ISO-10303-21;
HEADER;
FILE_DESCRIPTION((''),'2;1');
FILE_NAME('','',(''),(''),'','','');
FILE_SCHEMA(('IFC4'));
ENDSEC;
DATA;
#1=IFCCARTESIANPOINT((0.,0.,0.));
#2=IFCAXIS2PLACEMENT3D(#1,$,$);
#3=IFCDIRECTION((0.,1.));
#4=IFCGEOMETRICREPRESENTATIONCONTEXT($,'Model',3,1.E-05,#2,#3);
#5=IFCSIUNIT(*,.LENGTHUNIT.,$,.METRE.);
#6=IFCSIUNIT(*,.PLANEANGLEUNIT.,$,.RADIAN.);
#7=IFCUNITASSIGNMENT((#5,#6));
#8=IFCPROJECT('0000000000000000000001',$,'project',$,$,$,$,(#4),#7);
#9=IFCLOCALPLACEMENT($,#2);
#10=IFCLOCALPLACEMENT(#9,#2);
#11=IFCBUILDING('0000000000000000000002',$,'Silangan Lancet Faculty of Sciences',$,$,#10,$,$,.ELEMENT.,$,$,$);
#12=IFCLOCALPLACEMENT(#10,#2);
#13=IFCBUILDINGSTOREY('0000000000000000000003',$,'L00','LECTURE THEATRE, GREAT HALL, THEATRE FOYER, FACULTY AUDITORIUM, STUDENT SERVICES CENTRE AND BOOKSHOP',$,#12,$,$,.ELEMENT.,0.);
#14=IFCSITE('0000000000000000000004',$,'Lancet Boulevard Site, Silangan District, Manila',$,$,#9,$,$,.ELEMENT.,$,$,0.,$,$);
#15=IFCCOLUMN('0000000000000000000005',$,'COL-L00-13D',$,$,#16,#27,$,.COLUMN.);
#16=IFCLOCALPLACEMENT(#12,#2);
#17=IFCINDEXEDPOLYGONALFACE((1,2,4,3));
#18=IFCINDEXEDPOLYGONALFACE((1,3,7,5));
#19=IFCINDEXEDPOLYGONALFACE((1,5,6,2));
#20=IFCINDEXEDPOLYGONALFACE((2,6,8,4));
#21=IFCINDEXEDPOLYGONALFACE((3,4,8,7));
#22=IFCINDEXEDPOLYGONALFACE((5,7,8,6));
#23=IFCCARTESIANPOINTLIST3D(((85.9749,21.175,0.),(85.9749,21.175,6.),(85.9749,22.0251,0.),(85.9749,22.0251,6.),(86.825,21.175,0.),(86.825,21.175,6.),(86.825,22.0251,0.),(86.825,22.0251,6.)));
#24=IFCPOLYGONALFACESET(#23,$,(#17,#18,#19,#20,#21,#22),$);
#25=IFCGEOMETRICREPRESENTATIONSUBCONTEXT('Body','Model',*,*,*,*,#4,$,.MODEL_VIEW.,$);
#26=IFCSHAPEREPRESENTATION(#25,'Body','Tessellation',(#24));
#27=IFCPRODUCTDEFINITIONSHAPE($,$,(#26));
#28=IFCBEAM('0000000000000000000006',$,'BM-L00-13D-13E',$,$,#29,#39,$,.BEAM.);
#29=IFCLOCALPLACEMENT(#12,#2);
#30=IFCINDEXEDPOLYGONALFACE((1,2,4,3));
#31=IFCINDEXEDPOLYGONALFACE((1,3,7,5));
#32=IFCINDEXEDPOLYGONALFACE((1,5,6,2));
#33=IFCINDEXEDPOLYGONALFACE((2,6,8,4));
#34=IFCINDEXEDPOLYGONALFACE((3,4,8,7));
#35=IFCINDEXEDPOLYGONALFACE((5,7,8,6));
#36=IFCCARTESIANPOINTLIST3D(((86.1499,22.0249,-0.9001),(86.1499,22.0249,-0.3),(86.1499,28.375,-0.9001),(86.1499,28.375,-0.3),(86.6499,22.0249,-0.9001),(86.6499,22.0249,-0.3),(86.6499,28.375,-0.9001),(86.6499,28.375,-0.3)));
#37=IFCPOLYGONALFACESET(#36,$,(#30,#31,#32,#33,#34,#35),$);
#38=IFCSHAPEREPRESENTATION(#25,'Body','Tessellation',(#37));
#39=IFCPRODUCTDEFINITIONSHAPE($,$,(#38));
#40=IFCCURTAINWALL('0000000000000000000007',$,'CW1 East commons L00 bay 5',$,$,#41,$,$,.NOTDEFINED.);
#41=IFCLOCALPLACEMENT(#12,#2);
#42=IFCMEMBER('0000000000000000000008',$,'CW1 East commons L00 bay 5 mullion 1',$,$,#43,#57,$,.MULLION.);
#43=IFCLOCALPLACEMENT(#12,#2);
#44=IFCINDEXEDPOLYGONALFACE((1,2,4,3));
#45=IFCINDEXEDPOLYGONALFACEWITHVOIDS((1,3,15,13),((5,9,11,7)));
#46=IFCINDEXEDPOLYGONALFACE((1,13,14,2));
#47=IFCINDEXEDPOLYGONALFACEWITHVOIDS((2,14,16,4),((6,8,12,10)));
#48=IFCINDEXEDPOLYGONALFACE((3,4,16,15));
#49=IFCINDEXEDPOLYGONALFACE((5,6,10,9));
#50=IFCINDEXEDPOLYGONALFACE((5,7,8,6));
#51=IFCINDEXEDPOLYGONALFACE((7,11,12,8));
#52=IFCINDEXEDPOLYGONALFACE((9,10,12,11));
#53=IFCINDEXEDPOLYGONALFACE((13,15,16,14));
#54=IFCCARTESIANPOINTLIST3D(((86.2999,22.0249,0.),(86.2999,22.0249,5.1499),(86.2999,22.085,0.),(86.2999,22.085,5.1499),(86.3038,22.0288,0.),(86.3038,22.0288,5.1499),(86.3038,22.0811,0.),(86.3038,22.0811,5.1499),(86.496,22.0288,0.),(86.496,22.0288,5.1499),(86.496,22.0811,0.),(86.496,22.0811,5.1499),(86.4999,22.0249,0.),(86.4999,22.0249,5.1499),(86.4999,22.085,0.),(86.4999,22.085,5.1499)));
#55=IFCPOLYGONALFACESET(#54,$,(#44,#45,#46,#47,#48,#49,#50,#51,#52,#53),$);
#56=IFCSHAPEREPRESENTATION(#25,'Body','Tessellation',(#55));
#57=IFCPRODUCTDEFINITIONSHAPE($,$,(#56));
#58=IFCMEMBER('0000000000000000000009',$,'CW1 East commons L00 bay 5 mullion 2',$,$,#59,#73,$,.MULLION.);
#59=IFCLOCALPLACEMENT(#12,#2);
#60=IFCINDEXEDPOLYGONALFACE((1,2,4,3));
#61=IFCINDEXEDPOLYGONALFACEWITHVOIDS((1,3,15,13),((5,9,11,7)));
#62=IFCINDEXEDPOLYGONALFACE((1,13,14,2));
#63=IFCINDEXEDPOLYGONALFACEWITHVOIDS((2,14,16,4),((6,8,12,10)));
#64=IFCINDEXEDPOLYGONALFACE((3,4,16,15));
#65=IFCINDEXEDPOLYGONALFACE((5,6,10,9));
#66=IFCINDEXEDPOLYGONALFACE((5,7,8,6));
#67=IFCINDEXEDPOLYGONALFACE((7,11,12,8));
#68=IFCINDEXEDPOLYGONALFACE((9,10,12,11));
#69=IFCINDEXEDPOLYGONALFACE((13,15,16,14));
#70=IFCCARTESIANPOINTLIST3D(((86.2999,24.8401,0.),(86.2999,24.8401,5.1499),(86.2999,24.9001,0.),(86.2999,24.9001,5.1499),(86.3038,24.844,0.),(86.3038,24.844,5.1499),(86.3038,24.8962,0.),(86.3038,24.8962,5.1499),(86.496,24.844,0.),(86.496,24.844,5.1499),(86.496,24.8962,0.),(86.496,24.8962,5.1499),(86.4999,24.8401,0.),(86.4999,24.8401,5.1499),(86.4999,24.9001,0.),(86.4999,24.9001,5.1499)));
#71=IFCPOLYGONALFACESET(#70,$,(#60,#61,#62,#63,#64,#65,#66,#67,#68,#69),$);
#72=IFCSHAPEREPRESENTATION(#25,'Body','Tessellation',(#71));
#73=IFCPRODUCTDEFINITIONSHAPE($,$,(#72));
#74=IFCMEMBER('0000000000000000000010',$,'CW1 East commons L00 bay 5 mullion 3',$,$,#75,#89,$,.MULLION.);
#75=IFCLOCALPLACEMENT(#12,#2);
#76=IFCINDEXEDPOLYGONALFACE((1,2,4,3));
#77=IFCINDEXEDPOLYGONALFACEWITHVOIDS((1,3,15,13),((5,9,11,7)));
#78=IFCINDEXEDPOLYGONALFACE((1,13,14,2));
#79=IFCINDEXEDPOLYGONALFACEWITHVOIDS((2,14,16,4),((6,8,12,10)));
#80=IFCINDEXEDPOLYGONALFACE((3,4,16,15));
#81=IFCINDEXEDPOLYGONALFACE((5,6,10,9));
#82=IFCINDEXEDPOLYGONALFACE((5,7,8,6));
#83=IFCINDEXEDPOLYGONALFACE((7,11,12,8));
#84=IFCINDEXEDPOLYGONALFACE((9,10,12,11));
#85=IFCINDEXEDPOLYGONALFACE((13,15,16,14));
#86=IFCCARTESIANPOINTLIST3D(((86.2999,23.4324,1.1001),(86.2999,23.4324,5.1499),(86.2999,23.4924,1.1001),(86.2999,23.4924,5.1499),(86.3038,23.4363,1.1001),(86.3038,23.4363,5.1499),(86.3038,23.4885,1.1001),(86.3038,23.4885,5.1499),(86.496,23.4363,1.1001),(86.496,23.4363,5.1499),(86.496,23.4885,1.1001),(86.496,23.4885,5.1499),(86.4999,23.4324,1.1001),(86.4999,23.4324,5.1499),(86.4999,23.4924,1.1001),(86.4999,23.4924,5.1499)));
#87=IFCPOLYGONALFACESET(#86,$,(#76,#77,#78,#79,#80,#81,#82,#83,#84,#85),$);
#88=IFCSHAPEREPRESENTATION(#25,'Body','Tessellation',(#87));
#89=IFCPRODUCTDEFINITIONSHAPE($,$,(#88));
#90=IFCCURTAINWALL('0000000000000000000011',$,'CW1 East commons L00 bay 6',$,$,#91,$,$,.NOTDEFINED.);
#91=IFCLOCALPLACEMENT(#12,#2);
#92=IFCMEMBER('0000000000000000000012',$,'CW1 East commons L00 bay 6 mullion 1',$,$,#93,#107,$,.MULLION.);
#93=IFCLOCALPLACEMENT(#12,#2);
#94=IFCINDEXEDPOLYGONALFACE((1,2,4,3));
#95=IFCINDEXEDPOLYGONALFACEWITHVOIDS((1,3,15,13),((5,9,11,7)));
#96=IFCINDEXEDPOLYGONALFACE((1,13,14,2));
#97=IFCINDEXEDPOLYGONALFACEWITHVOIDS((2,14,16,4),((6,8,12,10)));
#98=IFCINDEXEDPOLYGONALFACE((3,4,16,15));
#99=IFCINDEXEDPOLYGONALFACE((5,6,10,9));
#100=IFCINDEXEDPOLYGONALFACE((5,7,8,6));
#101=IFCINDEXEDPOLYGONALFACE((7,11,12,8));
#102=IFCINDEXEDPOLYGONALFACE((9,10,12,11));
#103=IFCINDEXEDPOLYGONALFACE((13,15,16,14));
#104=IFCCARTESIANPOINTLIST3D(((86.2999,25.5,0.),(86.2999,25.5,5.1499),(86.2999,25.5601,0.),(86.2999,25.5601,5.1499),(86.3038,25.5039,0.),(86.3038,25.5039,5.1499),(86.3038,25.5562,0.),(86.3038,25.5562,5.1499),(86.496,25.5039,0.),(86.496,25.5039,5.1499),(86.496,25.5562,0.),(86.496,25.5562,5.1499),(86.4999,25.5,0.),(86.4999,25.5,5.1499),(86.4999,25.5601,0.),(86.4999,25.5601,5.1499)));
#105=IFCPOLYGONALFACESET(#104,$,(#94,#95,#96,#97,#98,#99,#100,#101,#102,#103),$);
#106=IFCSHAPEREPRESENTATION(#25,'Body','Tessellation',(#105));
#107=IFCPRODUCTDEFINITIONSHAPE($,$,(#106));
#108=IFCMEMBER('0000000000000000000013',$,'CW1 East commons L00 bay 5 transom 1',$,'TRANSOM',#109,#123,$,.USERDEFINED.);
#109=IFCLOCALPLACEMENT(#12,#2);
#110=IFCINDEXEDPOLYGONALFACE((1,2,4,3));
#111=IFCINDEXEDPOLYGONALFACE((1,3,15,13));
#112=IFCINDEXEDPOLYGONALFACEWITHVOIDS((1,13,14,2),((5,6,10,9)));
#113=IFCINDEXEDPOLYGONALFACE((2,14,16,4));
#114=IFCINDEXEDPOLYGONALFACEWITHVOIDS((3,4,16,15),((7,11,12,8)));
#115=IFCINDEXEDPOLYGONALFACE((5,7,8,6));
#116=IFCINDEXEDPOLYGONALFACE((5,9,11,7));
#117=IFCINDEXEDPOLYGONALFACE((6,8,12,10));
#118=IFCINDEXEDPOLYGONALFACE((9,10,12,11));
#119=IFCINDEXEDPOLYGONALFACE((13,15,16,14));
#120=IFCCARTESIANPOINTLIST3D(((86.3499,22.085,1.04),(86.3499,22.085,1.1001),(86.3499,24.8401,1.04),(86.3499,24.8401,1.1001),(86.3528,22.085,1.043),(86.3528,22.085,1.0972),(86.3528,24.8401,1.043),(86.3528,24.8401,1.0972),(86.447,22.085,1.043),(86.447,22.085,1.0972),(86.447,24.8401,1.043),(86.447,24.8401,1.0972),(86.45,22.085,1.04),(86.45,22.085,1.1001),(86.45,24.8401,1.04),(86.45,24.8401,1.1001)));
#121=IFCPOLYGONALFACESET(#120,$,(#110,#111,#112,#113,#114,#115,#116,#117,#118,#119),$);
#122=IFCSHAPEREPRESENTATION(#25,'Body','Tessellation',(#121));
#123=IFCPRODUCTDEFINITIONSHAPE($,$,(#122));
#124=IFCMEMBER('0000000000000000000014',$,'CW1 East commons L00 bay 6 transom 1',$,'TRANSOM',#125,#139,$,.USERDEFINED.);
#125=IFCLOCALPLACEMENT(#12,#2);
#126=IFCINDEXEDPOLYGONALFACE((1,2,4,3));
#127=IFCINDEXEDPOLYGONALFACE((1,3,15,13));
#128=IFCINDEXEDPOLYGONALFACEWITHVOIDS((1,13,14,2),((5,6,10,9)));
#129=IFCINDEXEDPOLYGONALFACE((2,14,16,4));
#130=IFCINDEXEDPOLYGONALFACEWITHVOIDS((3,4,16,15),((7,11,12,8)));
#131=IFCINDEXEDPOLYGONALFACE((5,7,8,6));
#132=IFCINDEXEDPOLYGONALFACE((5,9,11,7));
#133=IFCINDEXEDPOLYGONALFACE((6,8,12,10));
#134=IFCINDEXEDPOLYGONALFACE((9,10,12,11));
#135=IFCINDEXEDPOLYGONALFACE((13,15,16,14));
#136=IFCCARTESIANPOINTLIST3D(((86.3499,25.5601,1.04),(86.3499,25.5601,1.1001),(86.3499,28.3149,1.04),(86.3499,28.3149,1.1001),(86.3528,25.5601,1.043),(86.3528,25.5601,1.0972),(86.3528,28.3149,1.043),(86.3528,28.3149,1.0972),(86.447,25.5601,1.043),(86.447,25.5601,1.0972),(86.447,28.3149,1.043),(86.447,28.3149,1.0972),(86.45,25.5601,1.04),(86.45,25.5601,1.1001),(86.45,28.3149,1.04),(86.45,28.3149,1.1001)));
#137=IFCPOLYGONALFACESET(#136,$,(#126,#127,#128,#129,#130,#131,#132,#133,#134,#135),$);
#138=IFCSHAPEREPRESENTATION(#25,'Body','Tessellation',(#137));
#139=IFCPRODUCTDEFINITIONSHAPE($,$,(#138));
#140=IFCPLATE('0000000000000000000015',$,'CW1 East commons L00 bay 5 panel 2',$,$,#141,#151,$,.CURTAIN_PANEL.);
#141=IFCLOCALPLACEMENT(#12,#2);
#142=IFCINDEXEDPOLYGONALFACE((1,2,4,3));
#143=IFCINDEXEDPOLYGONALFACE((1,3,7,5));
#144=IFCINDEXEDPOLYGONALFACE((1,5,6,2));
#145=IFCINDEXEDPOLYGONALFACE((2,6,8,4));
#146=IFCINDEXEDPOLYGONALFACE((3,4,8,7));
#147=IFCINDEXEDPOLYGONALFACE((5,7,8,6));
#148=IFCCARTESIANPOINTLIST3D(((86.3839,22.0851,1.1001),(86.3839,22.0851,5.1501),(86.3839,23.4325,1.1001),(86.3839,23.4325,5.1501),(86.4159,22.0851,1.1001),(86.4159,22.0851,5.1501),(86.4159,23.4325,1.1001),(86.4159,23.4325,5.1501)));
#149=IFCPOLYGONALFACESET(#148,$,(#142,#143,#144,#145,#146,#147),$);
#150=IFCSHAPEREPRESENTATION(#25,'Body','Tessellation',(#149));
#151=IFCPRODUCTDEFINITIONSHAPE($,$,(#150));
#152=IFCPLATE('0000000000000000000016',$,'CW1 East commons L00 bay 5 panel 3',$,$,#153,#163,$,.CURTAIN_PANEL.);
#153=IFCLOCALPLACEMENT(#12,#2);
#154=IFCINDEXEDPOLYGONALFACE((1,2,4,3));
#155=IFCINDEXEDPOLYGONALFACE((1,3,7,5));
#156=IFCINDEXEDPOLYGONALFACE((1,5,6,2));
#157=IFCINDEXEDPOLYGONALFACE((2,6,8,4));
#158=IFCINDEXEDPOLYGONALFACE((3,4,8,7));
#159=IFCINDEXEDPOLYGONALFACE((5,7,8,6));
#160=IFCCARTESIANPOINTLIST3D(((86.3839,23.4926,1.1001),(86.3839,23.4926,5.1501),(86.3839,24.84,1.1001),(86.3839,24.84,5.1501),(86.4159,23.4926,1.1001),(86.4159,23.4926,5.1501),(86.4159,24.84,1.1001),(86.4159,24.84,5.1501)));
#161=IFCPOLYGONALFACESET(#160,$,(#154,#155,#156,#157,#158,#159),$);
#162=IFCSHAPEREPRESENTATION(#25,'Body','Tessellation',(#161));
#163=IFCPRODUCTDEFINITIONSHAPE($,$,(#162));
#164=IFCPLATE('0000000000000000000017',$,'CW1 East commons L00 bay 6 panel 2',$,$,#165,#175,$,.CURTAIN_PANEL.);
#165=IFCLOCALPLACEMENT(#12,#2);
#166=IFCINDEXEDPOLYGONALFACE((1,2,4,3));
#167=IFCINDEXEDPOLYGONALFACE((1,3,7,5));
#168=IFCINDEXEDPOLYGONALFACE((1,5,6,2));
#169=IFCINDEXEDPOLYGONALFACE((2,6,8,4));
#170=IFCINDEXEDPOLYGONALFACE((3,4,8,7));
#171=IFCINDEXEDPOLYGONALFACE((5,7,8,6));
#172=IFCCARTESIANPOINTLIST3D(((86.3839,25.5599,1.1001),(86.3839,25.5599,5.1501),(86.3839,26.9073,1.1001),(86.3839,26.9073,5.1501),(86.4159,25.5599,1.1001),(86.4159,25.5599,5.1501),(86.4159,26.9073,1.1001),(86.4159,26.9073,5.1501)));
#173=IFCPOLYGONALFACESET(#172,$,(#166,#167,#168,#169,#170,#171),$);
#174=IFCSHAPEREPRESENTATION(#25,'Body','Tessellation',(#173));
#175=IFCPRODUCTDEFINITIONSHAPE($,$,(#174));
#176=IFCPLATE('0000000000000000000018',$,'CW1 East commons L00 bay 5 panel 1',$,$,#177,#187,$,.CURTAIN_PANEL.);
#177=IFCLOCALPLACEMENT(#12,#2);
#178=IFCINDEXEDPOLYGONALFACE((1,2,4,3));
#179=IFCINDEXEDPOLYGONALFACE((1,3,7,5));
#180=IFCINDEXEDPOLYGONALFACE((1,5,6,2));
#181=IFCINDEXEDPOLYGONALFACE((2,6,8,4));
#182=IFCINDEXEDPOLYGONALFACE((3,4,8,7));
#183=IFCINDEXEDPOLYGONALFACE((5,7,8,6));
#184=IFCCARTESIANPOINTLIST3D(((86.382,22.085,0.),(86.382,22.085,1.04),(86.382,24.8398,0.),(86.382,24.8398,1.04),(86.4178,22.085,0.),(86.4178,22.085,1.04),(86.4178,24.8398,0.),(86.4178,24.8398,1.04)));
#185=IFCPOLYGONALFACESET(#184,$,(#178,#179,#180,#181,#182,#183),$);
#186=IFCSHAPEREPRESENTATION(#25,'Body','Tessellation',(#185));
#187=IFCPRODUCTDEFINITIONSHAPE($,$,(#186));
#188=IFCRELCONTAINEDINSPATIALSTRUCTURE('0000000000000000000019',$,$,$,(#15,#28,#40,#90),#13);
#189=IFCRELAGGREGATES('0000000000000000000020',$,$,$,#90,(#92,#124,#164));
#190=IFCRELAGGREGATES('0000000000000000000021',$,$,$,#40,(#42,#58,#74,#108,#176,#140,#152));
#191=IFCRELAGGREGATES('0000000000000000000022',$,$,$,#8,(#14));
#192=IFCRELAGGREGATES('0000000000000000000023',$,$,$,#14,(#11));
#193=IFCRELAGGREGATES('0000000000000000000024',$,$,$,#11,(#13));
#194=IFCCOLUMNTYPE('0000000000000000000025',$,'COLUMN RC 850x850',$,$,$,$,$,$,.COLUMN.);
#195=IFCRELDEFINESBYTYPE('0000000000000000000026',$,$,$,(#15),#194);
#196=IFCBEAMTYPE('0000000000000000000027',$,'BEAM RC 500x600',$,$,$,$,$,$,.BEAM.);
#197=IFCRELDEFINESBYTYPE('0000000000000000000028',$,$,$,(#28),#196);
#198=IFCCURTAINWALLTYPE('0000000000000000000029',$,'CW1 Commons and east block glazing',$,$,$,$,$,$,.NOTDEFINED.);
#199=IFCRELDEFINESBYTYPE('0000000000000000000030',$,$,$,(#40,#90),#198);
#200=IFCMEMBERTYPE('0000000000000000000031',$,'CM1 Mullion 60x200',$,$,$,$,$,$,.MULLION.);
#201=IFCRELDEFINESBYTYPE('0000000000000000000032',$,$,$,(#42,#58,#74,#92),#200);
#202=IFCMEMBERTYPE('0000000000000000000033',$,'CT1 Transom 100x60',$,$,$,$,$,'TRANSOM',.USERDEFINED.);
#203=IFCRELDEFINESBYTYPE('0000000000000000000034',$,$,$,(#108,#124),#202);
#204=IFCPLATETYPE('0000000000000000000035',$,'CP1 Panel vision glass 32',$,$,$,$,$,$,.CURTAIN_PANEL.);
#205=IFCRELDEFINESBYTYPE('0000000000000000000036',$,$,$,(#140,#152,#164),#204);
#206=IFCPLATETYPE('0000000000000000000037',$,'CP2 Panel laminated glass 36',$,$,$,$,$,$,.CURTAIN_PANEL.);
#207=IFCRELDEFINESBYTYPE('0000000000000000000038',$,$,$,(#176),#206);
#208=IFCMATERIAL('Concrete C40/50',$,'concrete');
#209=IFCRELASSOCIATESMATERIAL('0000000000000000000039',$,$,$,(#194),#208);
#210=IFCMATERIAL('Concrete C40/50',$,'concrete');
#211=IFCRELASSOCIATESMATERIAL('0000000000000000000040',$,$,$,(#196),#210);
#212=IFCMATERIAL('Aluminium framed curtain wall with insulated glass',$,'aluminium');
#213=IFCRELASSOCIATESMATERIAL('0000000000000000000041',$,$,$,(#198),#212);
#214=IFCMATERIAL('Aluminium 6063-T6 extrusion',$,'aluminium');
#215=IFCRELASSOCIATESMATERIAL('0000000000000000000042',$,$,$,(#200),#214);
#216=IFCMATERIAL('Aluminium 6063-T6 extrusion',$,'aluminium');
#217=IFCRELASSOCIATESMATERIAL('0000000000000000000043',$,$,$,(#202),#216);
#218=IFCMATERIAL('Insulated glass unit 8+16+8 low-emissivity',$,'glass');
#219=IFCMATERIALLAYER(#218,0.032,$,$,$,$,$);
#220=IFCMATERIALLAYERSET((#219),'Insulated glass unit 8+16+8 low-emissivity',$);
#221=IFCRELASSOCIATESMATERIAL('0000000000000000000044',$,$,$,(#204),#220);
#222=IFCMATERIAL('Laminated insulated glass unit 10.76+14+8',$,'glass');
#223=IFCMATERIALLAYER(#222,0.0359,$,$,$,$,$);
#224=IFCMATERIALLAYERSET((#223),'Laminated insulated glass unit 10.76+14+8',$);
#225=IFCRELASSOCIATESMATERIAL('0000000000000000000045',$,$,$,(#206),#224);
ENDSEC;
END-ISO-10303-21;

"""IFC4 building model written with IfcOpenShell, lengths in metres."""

from ifc_helpers import new_model, si_unit, direction, frame, origin, origin_2d, place, context, subcontext, project, spatial, rectangle, hollow_rectangle, extrude, material, layer, layer_set, material_profile, profile_set, type_object, element, aggregate, save


model = new_model("IFC4")

# Units and contexts
model_context = context("Model", 3, precision=1e-05, world=origin(), true_north=direction((0.0, 1.0)))
body_context = subcontext(model_context, "Body", "Model", "MODEL_VIEW")
ifc_project = project(units=[si_unit("LENGTHUNIT", "METRE"), si_unit("PLANEANGLEUNIT", "RADIAN")], contexts=[model_context])

# Site, building, storey
site_placement = place(None, origin())
site = spatial("IfcSite", under=ifc_project, at=site_placement, Name="Lancet Boulevard Site, Silangan District, Manila", CompositionType="ELEMENT", RefElevation=0.0)
building_placement = place(site_placement, origin())
building = spatial("IfcBuilding", under=site, at=building_placement, Name="Silangan Lancet Faculty of Sciences", CompositionType="ELEMENT")
storey_placement = place(building_placement, origin())
storey = spatial("IfcBuildingStorey", under=building, at=storey_placement, Name="L00", Description="LECTURE THEATRE, GREAT HALL, THEATRE FOYER, FACULTY AUDITORIUM, STUDENT SERVICES CENTRE AND BOOKSHOP", CompositionType="ELEMENT", Elevation=0.0)

# Column
ifc_material_1 = material(Name="Concrete C40/50", Category="concrete")
ifc_material_profile_1 = material_profile(ifc_material_1, rectangle(XDim=0.8501, YDim=0.8501, at=origin_2d()), Name="RC 850x850")
ifc_profile_set_1 = profile_set([ifc_material_profile_1], Name="Concrete C40/50")
column_type = type_object("IfcColumnType", Name="COLUMN RC 850x850", PredefinedType="COLUMN", material=ifc_profile_set_1)
column_placement = place(storey_placement, frame((86.3999, 21.6001, 0.0), z_axis=(0.0, 0.0, 1.0), x_axis=(1.0, 0.0, 0.0)))
element("IfcColumn", 1, at=column_placement, inside=storey, type_object=column_type, Name="COL-L00-13D", PredefinedType="COLUMN", context=body_context, shape_type="SweptSolid", body=[
    extrude(rectangle(XDim=0.8501, YDim=0.8501, at=origin_2d()), origin(), (0.0, 0.0, 1.0), 6.0),
])

# Beam
ifc_material_2 = material(Name="Concrete C40/50", Category="concrete")
ifc_material_profile_2 = material_profile(ifc_material_2, rectangle(XDim=0.5, YDim=0.6001, at=origin_2d()), Name="RC 500x600")
ifc_profile_set_2 = profile_set([ifc_material_profile_2], Name="Concrete C40/50")
beam_type = type_object("IfcBeamType", Name="BEAM RC 500x600", PredefinedType="BEAM", material=ifc_profile_set_2)
beam_placement = place(storey_placement, frame((86.3999, 22.0249, -0.6001), z_axis=(0.0, 1.0, 0.0), x_axis=(-1.0, 0.0, 0.0)))
element("IfcBeam", 2, at=beam_placement, inside=storey, type_object=beam_type, Name="BM-L00-13D-13E", PredefinedType="BEAM", context=body_context, shape_type="SweptSolid", body=[
    extrude(rectangle(XDim=0.5, YDim=0.6001, at=origin_2d()), origin(), (0.0, 0.0, 1.0), 6.3501),
])

# Curtain wall, members
ifc_material_3 = material(Name="Aluminium framed curtain wall with insulated glass", Category="aluminium")
curtain_wall_type = type_object("IfcCurtainWallType", Name="CW1 Commons and east block glazing", PredefinedType="NOTDEFINED", material=ifc_material_3)
curtain_wall_1_placement = place(storey_placement, origin())
curtain_wall_1 = element("IfcCurtainWall", 3, at=curtain_wall_1_placement, inside=storey, type_object=curtain_wall_type, Name="CW1 East commons L00 bay 5", PredefinedType="NOTDEFINED")
ifc_material_4 = material(Name="Aluminium 6063-T6 extrusion", Category="aluminium")
ifc_material_profile_3 = material_profile(ifc_material_4, hollow_rectangle(XDim=0.0601, YDim=0.2, WallThickness=0.0039, at=origin_2d()), Name="AL BOX 60x200x4")
ifc_profile_set_3 = profile_set([ifc_material_profile_3], Name="Aluminium 6063-T6 extrusion")
member_type_1 = type_object("IfcMemberType", Name="CM1 Mullion 60x200", PredefinedType="MULLION", material=ifc_profile_set_3)
member_1_placement = place(storey_placement, frame((86.3999, 22.0549, 0.0), z_axis=(0.0, 0.0, 1.0), x_axis=(0.0, 1.0, 0.0)))
member_1 = element("IfcMember", 4, at=member_1_placement, type_object=member_type_1, Name="CW1 East commons L00 bay 5 mullion 1", PredefinedType="MULLION", context=body_context, shape_type="SweptSolid", body=[
    extrude(hollow_rectangle(XDim=0.0601, YDim=0.2, WallThickness=0.0039, at=origin_2d()), origin(), (0.0, 0.0, 1.0), 5.1499),
])
member_2_placement = place(storey_placement, frame((86.3999, 24.8701, 0.0), z_axis=(0.0, 0.0, 1.0), x_axis=(0.0, 1.0, 0.0)))
member_2 = element("IfcMember", 5, at=member_2_placement, type_object=member_type_1, Name="CW1 East commons L00 bay 5 mullion 2", PredefinedType="MULLION", context=body_context, shape_type="SweptSolid", body=[
    extrude(hollow_rectangle(XDim=0.0601, YDim=0.2, WallThickness=0.0039, at=origin_2d()), origin(), (0.0, 0.0, 1.0), 5.1499),
])
member_3_placement = place(storey_placement, frame((86.3999, 23.4624, 1.1001), z_axis=(0.0, 0.0, 1.0), x_axis=(0.0, 1.0, 0.0)))
member_3 = element("IfcMember", 6, at=member_3_placement, type_object=member_type_1, Name="CW1 East commons L00 bay 5 mullion 3", PredefinedType="MULLION", context=body_context, shape_type="SweptSolid", body=[
    extrude(hollow_rectangle(XDim=0.0601, YDim=0.2, WallThickness=0.0039, at=origin_2d()), origin(), (0.0, 0.0, 1.0), 4.0498),
])

# Curtain wall, member
curtain_wall_2_placement = place(storey_placement, origin())
curtain_wall_2 = element("IfcCurtainWall", 7, at=curtain_wall_2_placement, inside=storey, type_object=curtain_wall_type, Name="CW1 East commons L00 bay 6", PredefinedType="NOTDEFINED")
member_4_placement = place(storey_placement, frame((86.3999, 25.53, 0.0), z_axis=(0.0, 0.0, 1.0), x_axis=(0.0, 1.0, 0.0)))
member_4 = element("IfcMember", 8, at=member_4_placement, type_object=member_type_1, Name="CW1 East commons L00 bay 6 mullion 1", PredefinedType="MULLION", context=body_context, shape_type="SweptSolid", body=[
    extrude(hollow_rectangle(XDim=0.0601, YDim=0.2, WallThickness=0.0039, at=origin_2d()), origin(), (0.0, 0.0, 1.0), 5.1499),
])

# Members
ifc_material_5 = material(Name="Aluminium 6063-T6 extrusion", Category="aluminium")
ifc_material_profile_4 = material_profile(ifc_material_5, hollow_rectangle(XDim=0.1001, YDim=0.0601, WallThickness=0.0029, at=origin_2d()), Name="AL BOX 100x60x3")
ifc_profile_set_4 = profile_set([ifc_material_profile_4], Name="Aluminium 6063-T6 extrusion")
member_type_2 = type_object("IfcMemberType", Name="CT1 Transom 100x60", ElementType="TRANSOM", PredefinedType="USERDEFINED", material=ifc_profile_set_4)
member_5_placement = place(storey_placement, frame((86.3999, 22.085, 1.0701), z_axis=(0.0, 1.0, 0.0), x_axis=(-1.0, 0.0, 0.0)))
member_5 = element("IfcMember", 9, at=member_5_placement, type_object=member_type_2, Name="CW1 East commons L00 bay 5 transom 1", ObjectType="TRANSOM", PredefinedType="USERDEFINED", context=body_context, shape_type="SweptSolid", body=[
    extrude(hollow_rectangle(XDim=0.1001, YDim=0.0601, WallThickness=0.0029, at=origin_2d()), origin(), (0.0, 0.0, 1.0), 2.7551),
])
member_6_placement = place(storey_placement, frame((86.3999, 25.5601, 1.0701), z_axis=(0.0, 1.0, 0.0), x_axis=(-1.0, 0.0, 0.0)))
member_6 = element("IfcMember", 10, at=member_6_placement, type_object=member_type_2, Name="CW1 East commons L00 bay 6 transom 1", ObjectType="TRANSOM", PredefinedType="USERDEFINED", context=body_context, shape_type="SweptSolid", body=[
    extrude(hollow_rectangle(XDim=0.1001, YDim=0.0601, WallThickness=0.0029, at=origin_2d()), origin(), (0.0, 0.0, 1.0), 2.7549),
])

# Plates
ifc_material_6 = material(Name="Insulated glass unit 8+16+8 low-emissivity", Category="glass")
ifc_layer_1 = layer(ifc_material_6, 0.032)
ifc_layer_set_1 = layer_set([ifc_layer_1], Name="Insulated glass unit 8+16+8 low-emissivity")
plate_type_1 = type_object("IfcPlateType", Name="CP1 Panel vision glass 32", PredefinedType="CURTAIN_PANEL", material=ifc_layer_set_1)
plate_1_placement = place(storey_placement, frame((86.3999, 22.7588, 1.1001), z_axis=(0.0, 0.0, 1.0), x_axis=(0.0, 1.0, 0.0)))
plate_1 = element("IfcPlate", 11, at=plate_1_placement, type_object=plate_type_1, Name="CW1 East commons L00 bay 5 panel 2", PredefinedType="CURTAIN_PANEL", context=body_context, shape_type="SweptSolid", body=[
    extrude(rectangle(XDim=1.3474, YDim=0.032, at=origin_2d()), origin(), (0.0, 0.0, 1.0), 4.05),
])
plate_2_placement = place(storey_placement, frame((86.3999, 24.1663, 1.1001), z_axis=(0.0, 0.0, 1.0), x_axis=(0.0, 1.0, 0.0)))
plate_2 = element("IfcPlate", 12, at=plate_2_placement, type_object=plate_type_1, Name="CW1 East commons L00 bay 5 panel 3", PredefinedType="CURTAIN_PANEL", context=body_context, shape_type="SweptSolid", body=[
    extrude(rectangle(XDim=1.3474, YDim=0.032, at=origin_2d()), origin(), (0.0, 0.0, 1.0), 4.05),
])
plate_3_placement = place(storey_placement, frame((86.3999, 26.2336, 1.1001), z_axis=(0.0, 0.0, 1.0), x_axis=(0.0, 1.0, 0.0)))
plate_3 = element("IfcPlate", 13, at=plate_3_placement, type_object=plate_type_1, Name="CW1 East commons L00 bay 6 panel 2", PredefinedType="CURTAIN_PANEL", context=body_context, shape_type="SweptSolid", body=[
    extrude(rectangle(XDim=1.3474, YDim=0.032, at=origin_2d()), origin(), (0.0, 0.0, 1.0), 4.05),
])
aggregate(curtain_wall_2, [member_4, member_6, plate_3])
ifc_material_7 = material(Name="Laminated insulated glass unit 10.76+14+8", Category="glass")
ifc_layer_2 = layer(ifc_material_7, 0.0359)
ifc_layer_set_2 = layer_set([ifc_layer_2], Name="Laminated insulated glass unit 10.76+14+8")
plate_type_2 = type_object("IfcPlateType", Name="CP2 Panel laminated glass 36", PredefinedType="CURTAIN_PANEL", material=ifc_layer_set_2)
plate_4_placement = place(storey_placement, frame((86.3999, 23.4624, 0.0), z_axis=(0.0, 0.0, 1.0), x_axis=(0.0, 1.0, 0.0)))
plate_4 = element("IfcPlate", 14, at=plate_4_placement, type_object=plate_type_2, Name="CW1 East commons L00 bay 5 panel 1", PredefinedType="CURTAIN_PANEL", context=body_context, shape_type="SweptSolid", body=[
    extrude(rectangle(XDim=2.7549, YDim=0.0359, at=origin_2d()), origin(), (0.0, 0.0, 1.0), 1.04),
])
aggregate(curtain_wall_1, [member_1, member_2, member_3, member_5, plate_4, plate_1, plate_2])

save(model, "model.ifc")
